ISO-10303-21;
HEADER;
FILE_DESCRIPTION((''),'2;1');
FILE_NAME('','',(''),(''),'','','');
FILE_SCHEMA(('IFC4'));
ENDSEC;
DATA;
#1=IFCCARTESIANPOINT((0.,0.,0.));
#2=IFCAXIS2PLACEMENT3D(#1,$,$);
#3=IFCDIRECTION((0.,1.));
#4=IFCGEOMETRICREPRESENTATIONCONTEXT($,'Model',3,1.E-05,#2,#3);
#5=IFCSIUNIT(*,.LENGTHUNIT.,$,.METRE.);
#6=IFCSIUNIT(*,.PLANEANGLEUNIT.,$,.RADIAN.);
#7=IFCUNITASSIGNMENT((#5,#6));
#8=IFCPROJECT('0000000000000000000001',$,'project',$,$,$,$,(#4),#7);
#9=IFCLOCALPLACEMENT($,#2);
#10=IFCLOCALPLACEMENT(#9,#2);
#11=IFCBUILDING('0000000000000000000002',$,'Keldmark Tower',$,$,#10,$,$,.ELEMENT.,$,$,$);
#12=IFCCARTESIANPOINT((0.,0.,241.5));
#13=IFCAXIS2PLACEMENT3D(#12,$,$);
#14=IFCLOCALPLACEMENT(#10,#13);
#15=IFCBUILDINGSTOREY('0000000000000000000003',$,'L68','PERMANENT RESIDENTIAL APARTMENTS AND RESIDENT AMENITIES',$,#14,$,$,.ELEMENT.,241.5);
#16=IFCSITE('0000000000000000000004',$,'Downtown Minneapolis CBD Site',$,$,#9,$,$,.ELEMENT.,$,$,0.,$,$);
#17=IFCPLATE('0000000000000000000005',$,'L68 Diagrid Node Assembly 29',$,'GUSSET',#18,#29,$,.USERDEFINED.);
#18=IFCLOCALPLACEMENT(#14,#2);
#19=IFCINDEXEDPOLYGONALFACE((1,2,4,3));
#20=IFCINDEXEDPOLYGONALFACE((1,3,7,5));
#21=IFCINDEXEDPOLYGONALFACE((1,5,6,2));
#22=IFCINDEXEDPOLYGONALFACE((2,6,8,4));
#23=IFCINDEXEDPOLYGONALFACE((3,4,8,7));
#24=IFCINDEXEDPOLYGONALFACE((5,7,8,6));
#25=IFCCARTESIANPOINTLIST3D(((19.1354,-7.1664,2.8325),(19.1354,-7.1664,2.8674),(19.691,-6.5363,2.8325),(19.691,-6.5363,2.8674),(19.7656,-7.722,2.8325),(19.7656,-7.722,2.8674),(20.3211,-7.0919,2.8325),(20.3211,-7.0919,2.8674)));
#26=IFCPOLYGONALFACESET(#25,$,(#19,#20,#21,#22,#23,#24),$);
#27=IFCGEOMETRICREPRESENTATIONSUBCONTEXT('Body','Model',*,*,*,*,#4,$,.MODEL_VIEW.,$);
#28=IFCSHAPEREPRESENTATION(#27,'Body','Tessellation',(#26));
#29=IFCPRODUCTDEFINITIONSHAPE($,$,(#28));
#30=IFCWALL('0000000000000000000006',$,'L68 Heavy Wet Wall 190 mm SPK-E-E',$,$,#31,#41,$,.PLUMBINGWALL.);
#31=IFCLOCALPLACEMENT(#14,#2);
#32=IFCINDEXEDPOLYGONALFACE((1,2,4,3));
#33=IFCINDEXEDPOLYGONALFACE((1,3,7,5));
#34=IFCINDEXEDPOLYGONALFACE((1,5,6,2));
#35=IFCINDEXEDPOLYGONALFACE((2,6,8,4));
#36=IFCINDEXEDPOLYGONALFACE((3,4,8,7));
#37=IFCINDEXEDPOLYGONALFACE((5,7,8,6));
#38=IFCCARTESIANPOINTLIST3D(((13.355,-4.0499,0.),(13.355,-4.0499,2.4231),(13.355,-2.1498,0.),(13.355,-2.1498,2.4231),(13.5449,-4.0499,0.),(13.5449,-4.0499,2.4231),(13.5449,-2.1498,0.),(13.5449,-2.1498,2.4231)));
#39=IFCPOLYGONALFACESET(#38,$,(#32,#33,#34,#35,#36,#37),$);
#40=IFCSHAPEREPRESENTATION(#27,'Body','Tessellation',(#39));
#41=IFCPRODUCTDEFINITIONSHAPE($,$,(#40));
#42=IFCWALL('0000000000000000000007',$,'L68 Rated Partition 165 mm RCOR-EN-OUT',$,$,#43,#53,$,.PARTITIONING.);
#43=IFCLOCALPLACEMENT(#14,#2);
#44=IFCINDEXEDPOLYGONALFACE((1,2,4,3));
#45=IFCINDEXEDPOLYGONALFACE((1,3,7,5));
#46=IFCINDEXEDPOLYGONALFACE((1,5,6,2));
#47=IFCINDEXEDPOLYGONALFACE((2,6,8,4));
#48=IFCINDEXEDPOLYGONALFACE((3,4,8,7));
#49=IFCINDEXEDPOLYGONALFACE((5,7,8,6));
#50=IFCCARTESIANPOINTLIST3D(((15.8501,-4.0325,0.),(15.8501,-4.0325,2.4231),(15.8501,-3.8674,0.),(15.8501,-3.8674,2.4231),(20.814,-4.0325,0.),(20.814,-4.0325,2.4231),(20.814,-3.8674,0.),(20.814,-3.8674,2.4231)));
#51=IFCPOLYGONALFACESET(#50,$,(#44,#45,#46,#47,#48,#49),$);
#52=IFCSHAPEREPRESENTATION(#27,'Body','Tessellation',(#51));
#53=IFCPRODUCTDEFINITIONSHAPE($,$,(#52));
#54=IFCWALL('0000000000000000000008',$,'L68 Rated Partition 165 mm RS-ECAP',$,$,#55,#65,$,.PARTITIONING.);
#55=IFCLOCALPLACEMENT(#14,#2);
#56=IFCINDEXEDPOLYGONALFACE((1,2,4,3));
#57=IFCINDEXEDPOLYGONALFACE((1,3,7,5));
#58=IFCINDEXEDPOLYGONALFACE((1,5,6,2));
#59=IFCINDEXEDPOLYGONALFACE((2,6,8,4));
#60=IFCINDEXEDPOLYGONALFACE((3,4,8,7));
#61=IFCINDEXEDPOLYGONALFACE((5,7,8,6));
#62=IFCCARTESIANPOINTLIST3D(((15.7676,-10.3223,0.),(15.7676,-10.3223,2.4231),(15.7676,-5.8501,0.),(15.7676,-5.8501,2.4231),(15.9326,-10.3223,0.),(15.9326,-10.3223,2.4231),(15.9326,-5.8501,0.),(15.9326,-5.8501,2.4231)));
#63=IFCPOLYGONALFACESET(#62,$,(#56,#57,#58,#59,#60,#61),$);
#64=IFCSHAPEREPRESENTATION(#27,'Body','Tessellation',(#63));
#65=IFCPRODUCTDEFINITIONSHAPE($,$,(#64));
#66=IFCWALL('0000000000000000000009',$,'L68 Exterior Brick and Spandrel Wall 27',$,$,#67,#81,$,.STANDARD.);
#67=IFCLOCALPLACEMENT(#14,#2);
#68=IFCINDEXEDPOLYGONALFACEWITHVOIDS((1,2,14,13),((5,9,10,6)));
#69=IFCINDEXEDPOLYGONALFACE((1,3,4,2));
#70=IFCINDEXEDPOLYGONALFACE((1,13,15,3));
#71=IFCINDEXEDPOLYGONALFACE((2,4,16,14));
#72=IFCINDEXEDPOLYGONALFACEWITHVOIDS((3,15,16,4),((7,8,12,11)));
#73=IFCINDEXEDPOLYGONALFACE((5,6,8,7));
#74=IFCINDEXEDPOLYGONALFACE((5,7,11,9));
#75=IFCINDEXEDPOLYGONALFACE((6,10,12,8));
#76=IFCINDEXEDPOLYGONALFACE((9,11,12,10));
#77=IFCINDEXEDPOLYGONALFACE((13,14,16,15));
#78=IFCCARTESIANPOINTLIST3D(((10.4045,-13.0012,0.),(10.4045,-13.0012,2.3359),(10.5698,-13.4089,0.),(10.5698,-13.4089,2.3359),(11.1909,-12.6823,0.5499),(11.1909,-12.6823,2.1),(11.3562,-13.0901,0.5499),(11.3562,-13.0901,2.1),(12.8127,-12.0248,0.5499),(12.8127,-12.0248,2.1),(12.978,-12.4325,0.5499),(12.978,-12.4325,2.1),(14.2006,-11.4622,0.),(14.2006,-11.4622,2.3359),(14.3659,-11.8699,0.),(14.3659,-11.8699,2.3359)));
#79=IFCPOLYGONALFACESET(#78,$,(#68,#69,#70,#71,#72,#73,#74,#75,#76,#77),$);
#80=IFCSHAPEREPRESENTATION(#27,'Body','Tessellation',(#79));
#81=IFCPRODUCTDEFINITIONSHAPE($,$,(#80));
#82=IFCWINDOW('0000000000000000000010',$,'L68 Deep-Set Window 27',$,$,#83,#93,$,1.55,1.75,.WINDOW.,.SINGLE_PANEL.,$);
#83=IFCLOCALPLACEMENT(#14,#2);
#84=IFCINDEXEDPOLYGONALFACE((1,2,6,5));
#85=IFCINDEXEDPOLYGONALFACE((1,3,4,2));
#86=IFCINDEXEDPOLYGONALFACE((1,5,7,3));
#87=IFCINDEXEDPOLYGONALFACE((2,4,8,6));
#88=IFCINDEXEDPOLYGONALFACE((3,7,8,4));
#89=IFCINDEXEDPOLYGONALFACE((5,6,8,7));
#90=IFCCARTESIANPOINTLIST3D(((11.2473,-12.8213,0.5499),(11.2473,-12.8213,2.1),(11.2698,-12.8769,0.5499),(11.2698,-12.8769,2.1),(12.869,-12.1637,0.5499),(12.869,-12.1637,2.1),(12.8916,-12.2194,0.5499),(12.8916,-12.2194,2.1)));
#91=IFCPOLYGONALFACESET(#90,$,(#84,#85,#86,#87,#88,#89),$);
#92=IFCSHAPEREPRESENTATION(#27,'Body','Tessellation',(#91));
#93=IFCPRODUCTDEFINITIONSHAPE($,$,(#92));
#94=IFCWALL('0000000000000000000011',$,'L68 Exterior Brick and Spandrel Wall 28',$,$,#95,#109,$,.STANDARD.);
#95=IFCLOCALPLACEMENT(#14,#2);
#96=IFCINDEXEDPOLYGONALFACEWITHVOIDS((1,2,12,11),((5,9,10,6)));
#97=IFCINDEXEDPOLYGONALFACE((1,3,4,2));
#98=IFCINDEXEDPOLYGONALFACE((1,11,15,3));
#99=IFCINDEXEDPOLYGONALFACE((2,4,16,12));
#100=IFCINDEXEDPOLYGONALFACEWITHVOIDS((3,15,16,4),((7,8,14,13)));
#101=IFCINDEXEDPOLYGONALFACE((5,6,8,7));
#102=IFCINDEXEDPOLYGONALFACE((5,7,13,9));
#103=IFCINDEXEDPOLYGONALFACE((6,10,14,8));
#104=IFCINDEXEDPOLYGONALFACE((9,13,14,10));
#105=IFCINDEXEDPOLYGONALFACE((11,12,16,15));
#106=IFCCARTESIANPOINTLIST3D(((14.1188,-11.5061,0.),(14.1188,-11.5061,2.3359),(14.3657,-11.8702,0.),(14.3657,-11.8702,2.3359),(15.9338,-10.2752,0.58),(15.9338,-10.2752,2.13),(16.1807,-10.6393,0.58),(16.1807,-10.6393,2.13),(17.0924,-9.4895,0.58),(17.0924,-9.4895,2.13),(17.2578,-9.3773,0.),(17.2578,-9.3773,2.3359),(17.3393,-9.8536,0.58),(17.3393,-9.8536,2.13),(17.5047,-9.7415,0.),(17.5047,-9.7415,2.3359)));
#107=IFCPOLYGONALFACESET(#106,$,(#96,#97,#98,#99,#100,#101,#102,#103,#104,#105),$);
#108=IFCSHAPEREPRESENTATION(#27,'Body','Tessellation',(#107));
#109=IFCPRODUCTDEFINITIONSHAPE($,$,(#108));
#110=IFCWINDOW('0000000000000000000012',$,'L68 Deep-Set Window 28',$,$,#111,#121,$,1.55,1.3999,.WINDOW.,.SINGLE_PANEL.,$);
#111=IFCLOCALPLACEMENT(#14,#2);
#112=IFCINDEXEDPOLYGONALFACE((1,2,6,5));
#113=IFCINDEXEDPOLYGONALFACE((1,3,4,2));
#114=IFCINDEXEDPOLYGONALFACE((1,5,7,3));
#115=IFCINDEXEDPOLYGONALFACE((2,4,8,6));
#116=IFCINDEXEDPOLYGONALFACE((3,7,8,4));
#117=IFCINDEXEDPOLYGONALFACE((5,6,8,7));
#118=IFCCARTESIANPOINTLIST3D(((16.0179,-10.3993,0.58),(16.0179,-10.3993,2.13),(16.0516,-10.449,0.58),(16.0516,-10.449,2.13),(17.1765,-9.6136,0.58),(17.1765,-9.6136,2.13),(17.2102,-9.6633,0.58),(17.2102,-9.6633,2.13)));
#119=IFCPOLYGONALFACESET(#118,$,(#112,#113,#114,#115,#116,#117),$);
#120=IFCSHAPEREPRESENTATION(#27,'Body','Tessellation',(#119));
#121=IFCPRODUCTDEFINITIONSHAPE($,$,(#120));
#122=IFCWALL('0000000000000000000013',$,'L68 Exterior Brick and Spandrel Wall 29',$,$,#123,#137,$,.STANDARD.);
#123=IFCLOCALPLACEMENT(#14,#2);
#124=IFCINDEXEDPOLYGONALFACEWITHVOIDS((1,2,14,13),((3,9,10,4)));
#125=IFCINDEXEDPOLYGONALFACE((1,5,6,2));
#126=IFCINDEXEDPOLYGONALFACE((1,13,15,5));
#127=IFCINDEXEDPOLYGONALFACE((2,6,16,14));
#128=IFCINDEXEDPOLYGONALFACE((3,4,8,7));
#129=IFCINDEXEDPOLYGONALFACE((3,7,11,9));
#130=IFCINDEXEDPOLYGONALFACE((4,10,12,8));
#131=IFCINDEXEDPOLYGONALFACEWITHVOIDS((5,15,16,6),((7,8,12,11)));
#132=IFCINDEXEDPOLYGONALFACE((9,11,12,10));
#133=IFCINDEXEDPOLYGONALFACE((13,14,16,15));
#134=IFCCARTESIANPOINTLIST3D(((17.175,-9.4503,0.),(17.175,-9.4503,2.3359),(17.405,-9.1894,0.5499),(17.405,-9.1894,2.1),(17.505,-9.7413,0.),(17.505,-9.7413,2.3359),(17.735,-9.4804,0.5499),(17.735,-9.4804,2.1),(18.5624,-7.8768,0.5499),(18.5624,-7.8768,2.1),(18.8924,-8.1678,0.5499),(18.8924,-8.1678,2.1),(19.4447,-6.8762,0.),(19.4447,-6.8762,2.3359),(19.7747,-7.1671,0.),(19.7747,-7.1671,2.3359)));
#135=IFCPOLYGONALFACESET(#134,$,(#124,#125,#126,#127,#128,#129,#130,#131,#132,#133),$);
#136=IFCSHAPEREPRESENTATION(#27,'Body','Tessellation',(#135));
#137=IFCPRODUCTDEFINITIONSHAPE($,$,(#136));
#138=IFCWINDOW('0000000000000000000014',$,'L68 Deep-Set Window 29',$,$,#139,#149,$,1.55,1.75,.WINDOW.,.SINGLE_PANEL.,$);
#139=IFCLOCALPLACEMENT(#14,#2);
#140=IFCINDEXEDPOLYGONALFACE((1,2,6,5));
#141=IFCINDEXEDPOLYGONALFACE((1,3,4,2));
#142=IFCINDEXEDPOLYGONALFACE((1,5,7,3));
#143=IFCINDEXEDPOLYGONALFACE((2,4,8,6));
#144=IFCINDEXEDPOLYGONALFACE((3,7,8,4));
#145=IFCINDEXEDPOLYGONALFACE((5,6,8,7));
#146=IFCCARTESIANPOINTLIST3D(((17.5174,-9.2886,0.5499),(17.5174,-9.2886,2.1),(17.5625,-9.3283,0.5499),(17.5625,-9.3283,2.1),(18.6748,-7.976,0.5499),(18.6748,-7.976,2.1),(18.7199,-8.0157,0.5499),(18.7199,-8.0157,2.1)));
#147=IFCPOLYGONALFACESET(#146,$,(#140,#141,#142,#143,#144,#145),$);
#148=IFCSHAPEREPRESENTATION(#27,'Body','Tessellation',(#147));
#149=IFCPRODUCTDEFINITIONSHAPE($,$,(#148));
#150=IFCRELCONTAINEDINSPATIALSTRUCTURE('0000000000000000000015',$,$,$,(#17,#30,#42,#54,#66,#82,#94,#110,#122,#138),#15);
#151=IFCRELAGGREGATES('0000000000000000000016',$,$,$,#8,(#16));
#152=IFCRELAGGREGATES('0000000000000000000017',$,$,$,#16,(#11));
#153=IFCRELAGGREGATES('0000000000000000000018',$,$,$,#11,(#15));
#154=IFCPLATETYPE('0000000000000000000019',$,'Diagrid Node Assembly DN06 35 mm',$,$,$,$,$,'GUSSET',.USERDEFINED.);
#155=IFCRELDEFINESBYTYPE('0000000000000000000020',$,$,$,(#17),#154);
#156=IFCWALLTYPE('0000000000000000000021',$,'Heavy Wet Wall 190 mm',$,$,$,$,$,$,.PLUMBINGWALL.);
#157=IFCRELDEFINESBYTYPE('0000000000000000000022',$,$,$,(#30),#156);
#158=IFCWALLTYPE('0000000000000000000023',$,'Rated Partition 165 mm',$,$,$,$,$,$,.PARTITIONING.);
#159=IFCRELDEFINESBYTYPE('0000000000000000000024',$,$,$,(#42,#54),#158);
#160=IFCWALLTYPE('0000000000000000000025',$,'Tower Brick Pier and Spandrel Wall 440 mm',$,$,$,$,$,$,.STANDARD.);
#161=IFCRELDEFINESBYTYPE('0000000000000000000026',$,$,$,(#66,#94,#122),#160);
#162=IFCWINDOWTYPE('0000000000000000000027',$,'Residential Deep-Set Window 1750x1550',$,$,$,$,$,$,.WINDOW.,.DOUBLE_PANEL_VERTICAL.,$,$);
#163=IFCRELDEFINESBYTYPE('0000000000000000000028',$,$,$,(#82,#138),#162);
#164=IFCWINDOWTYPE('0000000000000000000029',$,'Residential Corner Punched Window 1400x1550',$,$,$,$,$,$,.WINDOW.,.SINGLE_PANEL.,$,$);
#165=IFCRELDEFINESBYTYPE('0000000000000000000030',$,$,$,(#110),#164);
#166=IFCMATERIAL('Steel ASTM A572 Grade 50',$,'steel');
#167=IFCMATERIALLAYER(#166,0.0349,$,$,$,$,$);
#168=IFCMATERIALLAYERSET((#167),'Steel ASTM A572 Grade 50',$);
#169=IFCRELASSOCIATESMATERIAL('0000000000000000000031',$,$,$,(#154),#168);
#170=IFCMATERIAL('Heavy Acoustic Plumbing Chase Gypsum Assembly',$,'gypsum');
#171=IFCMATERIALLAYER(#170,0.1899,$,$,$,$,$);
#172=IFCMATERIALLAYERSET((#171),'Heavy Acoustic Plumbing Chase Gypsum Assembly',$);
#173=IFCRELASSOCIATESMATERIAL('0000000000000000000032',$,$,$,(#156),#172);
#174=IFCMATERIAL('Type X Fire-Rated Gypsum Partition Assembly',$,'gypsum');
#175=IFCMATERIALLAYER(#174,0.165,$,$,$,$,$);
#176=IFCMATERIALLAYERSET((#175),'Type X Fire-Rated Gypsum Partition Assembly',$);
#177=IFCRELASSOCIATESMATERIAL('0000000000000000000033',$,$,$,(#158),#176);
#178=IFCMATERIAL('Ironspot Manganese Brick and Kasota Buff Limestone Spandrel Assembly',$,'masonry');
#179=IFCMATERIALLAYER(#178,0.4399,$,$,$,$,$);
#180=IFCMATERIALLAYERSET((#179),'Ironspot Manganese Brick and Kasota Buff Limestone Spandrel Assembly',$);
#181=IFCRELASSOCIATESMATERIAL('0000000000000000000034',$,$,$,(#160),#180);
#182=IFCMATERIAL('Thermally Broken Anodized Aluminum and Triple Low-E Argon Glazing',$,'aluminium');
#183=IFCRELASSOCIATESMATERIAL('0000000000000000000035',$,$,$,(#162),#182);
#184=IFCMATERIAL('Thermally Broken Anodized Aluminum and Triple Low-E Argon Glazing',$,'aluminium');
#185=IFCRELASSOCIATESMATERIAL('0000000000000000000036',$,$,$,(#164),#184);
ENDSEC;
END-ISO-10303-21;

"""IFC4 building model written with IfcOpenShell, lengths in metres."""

from ifc_helpers import new_model, si_unit, direction, frame, frame_2d, origin, origin_2d, place, context, subcontext, project, spatial, rectangle, extrude, material, layer, layer_set, type_object, element, fill, save


model = new_model("IFC4")

# Units and contexts
model_context = context("Model", 3, precision=1e-05, world=origin(), true_north=direction((0.0, 1.0)))
body_context = subcontext(model_context, "Body", "Model", "MODEL_VIEW")
ifc_project = project(units=[si_unit("LENGTHUNIT", "METRE"), si_unit("PLANEANGLEUNIT", "RADIAN")], contexts=[model_context])

# Site, building, storey
site_placement = place(None, origin())
site = spatial("IfcSite", under=ifc_project, at=site_placement, Name="Downtown Minneapolis CBD Site", CompositionType="ELEMENT", RefElevation=0.0)
building_placement = place(site_placement, origin())
building = spatial("IfcBuilding", under=site, at=building_placement, Name="Keldmark Tower", CompositionType="ELEMENT")
storey_placement = place(building_placement, frame((0.0, 0.0, 241.5)))
storey = spatial("IfcBuildingStorey", under=building, at=storey_placement, Name="L68", Description="PERMANENT RESIDENTIAL APARTMENTS AND RESIDENT AMENITIES", CompositionType="ELEMENT", Elevation=241.5)

# Plate
ifc_material_1 = material(Name="Steel ASTM A572 Grade 50", Category="steel")
ifc_layer_1 = layer(ifc_material_1, 0.0349)
ifc_layer_set_1 = layer_set([ifc_layer_1], Name="Steel ASTM A572 Grade 50")
plate_type = type_object("IfcPlateType", Name="Diagrid Node Assembly DN06 35 mm", ElementType="GUSSET", PredefinedType="USERDEFINED", material=ifc_layer_set_1)
for number, where, z_axis, x_axis, name in (
    (1, (19.7283, -7.1292, 2.8325), (0.0, 0.0, 1.0), (0.661312, 0.750111, 0.0), "L68 Diagrid Node Assembly 29"),
):
    element("IfcPlate", number, at=place(storey_placement, frame(where, z_axis=z_axis, x_axis=x_axis)), inside=storey, type_object=plate_type, Name=name, ObjectType="GUSSET", PredefinedType="USERDEFINED", context=body_context, shape_type="SweptSolid", body=[
        extrude(rectangle(XDim=0.8401, YDim=0.8401, at=origin_2d()), origin(), (0.0, 0.0, 1.0), 0.0349),
    ])

# Walls
ifc_material_2 = material(Name="Heavy Acoustic Plumbing Chase Gypsum Assembly", Category="gypsum")
ifc_layer_2 = layer(ifc_material_2, 0.1899)
ifc_layer_set_2 = layer_set([ifc_layer_2], Name="Heavy Acoustic Plumbing Chase Gypsum Assembly")
wall_type_1 = type_object("IfcWallType", Name="Heavy Wet Wall 190 mm", PredefinedType="PLUMBINGWALL", material=ifc_layer_set_2)
wall_1_placement = place(storey_placement, frame((13.45, -4.05, 0.0), z_axis=(0.0, 0.0, 1.0), x_axis=(0.0, 1.0, 0.0)))
element("IfcWall", 2, at=wall_1_placement, inside=storey, type_object=wall_type_1, Name="L68 Heavy Wet Wall 190 mm SPK-E-E", PredefinedType="PLUMBINGWALL", context=body_context, shape_type="SweptSolid", body=[
    extrude(rectangle(XDim=1.9001, YDim=0.1899, at=frame_2d((0.9502, 0.0))), origin(), (0.0, 0.0, 1.0), 2.4231),
])
ifc_material_3 = material(Name="Type X Fire-Rated Gypsum Partition Assembly", Category="gypsum")
ifc_layer_3 = layer(ifc_material_3, 0.165)
ifc_layer_set_3 = layer_set([ifc_layer_3], Name="Type X Fire-Rated Gypsum Partition Assembly")
wall_type_2 = type_object("IfcWallType", Name="Rated Partition 165 mm", PredefinedType="PARTITIONING", material=ifc_layer_set_3)
wall_2_placement = place(storey_placement, frame((15.8501, -3.95, 0.0), z_axis=(0.0, 0.0, 1.0), x_axis=(1.0, 0.0, 0.0)))
element("IfcWall", 3, at=wall_2_placement, inside=storey, type_object=wall_type_2, Name="L68 Rated Partition 165 mm RCOR-EN-OUT", PredefinedType="PARTITIONING", context=body_context, shape_type="SweptSolid", body=[
    extrude(rectangle(XDim=4.9639, YDim=0.165, at=frame_2d((2.4819, 0.0))), origin(), (0.0, 0.0, 1.0), 2.4231),
])

# Wall
wall_3_placement = place(storey_placement, frame((15.8501, -10.3223, 0.0), z_axis=(0.0, 0.0, 1.0), x_axis=(0.0, 1.0, 0.0)))
element("IfcWall", 4, at=wall_3_placement, inside=storey, type_object=wall_type_2, Name="L68 Rated Partition 165 mm RS-ECAP", PredefinedType="PARTITIONING", context=body_context, shape_type="SweptSolid", body=[
    extrude(rectangle(XDim=4.4722, YDim=0.165, at=frame_2d((2.2361, 0.0))), origin(), (0.0, 0.0, 1.0), 2.4231),
])

# Walls, openings, windows
ifc_material_4 = material(Name="Ironspot Manganese Brick and Kasota Buff Limestone Spandrel Assembly", Category="masonry")
ifc_layer_4 = layer(ifc_material_4, 0.4399)
ifc_layer_set_4 = layer_set([ifc_layer_4], Name="Ironspot Manganese Brick and Kasota Buff Limestone Spandrel Assembly")
wall_type_3 = type_object("IfcWallType", Name="Tower Brick Pier and Spandrel Wall 440 mm", PredefinedType="STANDARD", material=ifc_layer_set_4)
wall_4_placement = place(storey_placement, frame((14.2832, -11.666, 0.0), z_axis=(0.0, 0.0, 1.0), x_axis=(-0.926732, -0.375723, 0.0)))
wall_4 = element("IfcWall", 5, at=wall_4_placement, inside=storey, type_object=wall_type_3, Name="L68 Exterior Brick and Spandrel Wall 27", PredefinedType="STANDARD", context=body_context, shape_type="SweptSolid", body=[
    extrude(rectangle(XDim=4.0962, YDim=0.4399, at=frame_2d((2.0481, 0.0))), origin(), (0.0, 0.0, 1.0), 2.3359),
])
opening_1_placement = place(wall_4_placement, frame((1.4976, 0.0, 0.55)))
opening_1 = element("IfcOpeningElement", 6, at=opening_1_placement, cuts=wall_4, PredefinedType="OPENING", context=body_context, shape_type="SweptSolid", body=[
    extrude(rectangle(XDim=1.75, YDim=1.55, at=frame_2d((0.875, 0.7749))), frame((0.0, 0.23, 0.0), z_axis=(0.0, -1.0, 0.0), x_axis=(1.0, 0.0, 0.0)), (0.0, 0.0, 1.0), 0.46),
])
ifc_material_5 = material(Name="Thermally Broken Anodized Aluminum and Triple Low-E Argon Glazing", Category="aluminium")
window_type_1 = type_object("IfcWindowType", Name="Residential Deep-Set Window 1750x1550", PartitioningType="DOUBLE_PANEL_VERTICAL", PredefinedType="WINDOW", material=ifc_material_5)
window_1_placement = place(opening_1_placement, origin())
window_1 = element("IfcWindow", 7, at=window_1_placement, inside=storey, type_object=window_type_1, Name="L68 Deep-Set Window 27", OverallHeight=1.55, OverallWidth=1.75, PartitioningType="SINGLE_PANEL", PredefinedType="WINDOW", context=body_context, shape_type="SweptSolid", body=[
    extrude(rectangle(XDim=1.75, YDim=1.55, at=frame_2d((0.875, 0.7749))), frame((0.0, -0.01, 0.0), z_axis=(0.0, -1.0, 0.0), x_axis=(1.0, 0.0, 0.0)), (0.0, 0.0, 1.0), 0.0601),
])
fill(opening_1, window_1)
wall_5_placement = place(storey_placement, frame((17.3813, -9.5593, 0.0), z_axis=(0.0, 0.0, 1.0), x_axis=(-0.827637, -0.561264, 0.0)))
wall_5 = element("IfcWall", 8, at=wall_5_placement, inside=storey, type_object=wall_type_3, Name="L68 Exterior Brick and Spandrel Wall 28", PredefinedType="STANDARD", context=body_context, shape_type="SweptSolid", body=[
    extrude(rectangle(XDim=3.7927, YDim=0.4399, at=frame_2d((1.8965, 0.0))), origin(), (0.0, 0.0, 1.0), 2.3359),
])
opening_2_placement = place(wall_5_placement, frame((0.2, 0.0, 0.5801)))
opening_2 = element("IfcOpeningElement", 9, at=opening_2_placement, cuts=wall_5, PredefinedType="OPENING", context=body_context, shape_type="SweptSolid", body=[
    extrude(rectangle(XDim=1.3999, YDim=1.55, at=frame_2d((0.7, 0.7749))), frame((0.0, 0.23, 0.0), z_axis=(0.0, -1.0, 0.0), x_axis=(1.0, 0.0, 0.0)), (0.0, 0.0, 1.0), 0.46),
])
ifc_material_6 = material(Name="Thermally Broken Anodized Aluminum and Triple Low-E Argon Glazing", Category="aluminium")
window_type_2 = type_object("IfcWindowType", Name="Residential Corner Punched Window 1400x1550", PartitioningType="SINGLE_PANEL", PredefinedType="WINDOW", material=ifc_material_6)
window_2_placement = place(opening_2_placement, origin())
window_2 = element("IfcWindow", 10, at=window_2_placement, inside=storey, type_object=window_type_2, Name="L68 Deep-Set Window 28", OverallHeight=1.55, OverallWidth=1.3999, PartitioningType="SINGLE_PANEL", PredefinedType="WINDOW", context=body_context, shape_type="SweptSolid", body=[
    extrude(rectangle(XDim=1.3999, YDim=1.55, at=frame_2d((0.7, 0.7749))), frame((0.0, -0.01, 0.0), z_axis=(0.0, -1.0, 0.0), x_axis=(1.0, 0.0, 0.0)), (0.0, 0.0, 1.0), 0.0601),
])
fill(opening_2, window_2)
wall_6_placement = place(storey_placement, frame((19.6096, -7.0217, 0.0), z_axis=(0.0, 0.0, 1.0), x_axis=(-0.66136, -0.750068, 0.0)))
wall_6 = element("IfcWall", 11, at=wall_6_placement, inside=storey, type_object=wall_type_3, Name="L68 Exterior Brick and Spandrel Wall 29", PredefinedType="STANDARD", context=body_context, shape_type="SweptSolid", body=[
    extrude(rectangle(XDim=3.4319, YDim=0.4399, at=frame_2d((1.7158, 0.0))), origin(), (0.0, 0.0, 1.0), 2.3359),
])
opening_3_placement = place(wall_6_placement, frame((1.334, 0.0, 0.55)))
opening_3 = element("IfcOpeningElement", 12, at=opening_3_placement, cuts=wall_6, PredefinedType="OPENING", context=body_context, shape_type="SweptSolid", body=[
    extrude(rectangle(XDim=1.75, YDim=1.55, at=frame_2d((0.875, 0.7749))), frame((0.0, 0.23, 0.0), z_axis=(0.0, -1.0, 0.0), x_axis=(1.0, 0.0, 0.0)), (0.0, 0.0, 1.0), 0.46),
])
window_3_placement = place(opening_3_placement, origin())
window_3 = element("IfcWindow", 13, at=window_3_placement, inside=storey, type_object=window_type_1, Name="L68 Deep-Set Window 29", OverallHeight=1.55, OverallWidth=1.75, PartitioningType="SINGLE_PANEL", PredefinedType="WINDOW", context=body_context, shape_type="SweptSolid", body=[
    extrude(rectangle(XDim=1.75, YDim=1.55, at=frame_2d((0.875, 0.7749))), frame((0.0, -0.01, 0.0), z_axis=(0.0, -1.0, 0.0), x_axis=(1.0, 0.0, 0.0)), (0.0, 0.0, 1.0), 0.0601),
])
fill(opening_3, window_3)

save(model, "model.ifc")
